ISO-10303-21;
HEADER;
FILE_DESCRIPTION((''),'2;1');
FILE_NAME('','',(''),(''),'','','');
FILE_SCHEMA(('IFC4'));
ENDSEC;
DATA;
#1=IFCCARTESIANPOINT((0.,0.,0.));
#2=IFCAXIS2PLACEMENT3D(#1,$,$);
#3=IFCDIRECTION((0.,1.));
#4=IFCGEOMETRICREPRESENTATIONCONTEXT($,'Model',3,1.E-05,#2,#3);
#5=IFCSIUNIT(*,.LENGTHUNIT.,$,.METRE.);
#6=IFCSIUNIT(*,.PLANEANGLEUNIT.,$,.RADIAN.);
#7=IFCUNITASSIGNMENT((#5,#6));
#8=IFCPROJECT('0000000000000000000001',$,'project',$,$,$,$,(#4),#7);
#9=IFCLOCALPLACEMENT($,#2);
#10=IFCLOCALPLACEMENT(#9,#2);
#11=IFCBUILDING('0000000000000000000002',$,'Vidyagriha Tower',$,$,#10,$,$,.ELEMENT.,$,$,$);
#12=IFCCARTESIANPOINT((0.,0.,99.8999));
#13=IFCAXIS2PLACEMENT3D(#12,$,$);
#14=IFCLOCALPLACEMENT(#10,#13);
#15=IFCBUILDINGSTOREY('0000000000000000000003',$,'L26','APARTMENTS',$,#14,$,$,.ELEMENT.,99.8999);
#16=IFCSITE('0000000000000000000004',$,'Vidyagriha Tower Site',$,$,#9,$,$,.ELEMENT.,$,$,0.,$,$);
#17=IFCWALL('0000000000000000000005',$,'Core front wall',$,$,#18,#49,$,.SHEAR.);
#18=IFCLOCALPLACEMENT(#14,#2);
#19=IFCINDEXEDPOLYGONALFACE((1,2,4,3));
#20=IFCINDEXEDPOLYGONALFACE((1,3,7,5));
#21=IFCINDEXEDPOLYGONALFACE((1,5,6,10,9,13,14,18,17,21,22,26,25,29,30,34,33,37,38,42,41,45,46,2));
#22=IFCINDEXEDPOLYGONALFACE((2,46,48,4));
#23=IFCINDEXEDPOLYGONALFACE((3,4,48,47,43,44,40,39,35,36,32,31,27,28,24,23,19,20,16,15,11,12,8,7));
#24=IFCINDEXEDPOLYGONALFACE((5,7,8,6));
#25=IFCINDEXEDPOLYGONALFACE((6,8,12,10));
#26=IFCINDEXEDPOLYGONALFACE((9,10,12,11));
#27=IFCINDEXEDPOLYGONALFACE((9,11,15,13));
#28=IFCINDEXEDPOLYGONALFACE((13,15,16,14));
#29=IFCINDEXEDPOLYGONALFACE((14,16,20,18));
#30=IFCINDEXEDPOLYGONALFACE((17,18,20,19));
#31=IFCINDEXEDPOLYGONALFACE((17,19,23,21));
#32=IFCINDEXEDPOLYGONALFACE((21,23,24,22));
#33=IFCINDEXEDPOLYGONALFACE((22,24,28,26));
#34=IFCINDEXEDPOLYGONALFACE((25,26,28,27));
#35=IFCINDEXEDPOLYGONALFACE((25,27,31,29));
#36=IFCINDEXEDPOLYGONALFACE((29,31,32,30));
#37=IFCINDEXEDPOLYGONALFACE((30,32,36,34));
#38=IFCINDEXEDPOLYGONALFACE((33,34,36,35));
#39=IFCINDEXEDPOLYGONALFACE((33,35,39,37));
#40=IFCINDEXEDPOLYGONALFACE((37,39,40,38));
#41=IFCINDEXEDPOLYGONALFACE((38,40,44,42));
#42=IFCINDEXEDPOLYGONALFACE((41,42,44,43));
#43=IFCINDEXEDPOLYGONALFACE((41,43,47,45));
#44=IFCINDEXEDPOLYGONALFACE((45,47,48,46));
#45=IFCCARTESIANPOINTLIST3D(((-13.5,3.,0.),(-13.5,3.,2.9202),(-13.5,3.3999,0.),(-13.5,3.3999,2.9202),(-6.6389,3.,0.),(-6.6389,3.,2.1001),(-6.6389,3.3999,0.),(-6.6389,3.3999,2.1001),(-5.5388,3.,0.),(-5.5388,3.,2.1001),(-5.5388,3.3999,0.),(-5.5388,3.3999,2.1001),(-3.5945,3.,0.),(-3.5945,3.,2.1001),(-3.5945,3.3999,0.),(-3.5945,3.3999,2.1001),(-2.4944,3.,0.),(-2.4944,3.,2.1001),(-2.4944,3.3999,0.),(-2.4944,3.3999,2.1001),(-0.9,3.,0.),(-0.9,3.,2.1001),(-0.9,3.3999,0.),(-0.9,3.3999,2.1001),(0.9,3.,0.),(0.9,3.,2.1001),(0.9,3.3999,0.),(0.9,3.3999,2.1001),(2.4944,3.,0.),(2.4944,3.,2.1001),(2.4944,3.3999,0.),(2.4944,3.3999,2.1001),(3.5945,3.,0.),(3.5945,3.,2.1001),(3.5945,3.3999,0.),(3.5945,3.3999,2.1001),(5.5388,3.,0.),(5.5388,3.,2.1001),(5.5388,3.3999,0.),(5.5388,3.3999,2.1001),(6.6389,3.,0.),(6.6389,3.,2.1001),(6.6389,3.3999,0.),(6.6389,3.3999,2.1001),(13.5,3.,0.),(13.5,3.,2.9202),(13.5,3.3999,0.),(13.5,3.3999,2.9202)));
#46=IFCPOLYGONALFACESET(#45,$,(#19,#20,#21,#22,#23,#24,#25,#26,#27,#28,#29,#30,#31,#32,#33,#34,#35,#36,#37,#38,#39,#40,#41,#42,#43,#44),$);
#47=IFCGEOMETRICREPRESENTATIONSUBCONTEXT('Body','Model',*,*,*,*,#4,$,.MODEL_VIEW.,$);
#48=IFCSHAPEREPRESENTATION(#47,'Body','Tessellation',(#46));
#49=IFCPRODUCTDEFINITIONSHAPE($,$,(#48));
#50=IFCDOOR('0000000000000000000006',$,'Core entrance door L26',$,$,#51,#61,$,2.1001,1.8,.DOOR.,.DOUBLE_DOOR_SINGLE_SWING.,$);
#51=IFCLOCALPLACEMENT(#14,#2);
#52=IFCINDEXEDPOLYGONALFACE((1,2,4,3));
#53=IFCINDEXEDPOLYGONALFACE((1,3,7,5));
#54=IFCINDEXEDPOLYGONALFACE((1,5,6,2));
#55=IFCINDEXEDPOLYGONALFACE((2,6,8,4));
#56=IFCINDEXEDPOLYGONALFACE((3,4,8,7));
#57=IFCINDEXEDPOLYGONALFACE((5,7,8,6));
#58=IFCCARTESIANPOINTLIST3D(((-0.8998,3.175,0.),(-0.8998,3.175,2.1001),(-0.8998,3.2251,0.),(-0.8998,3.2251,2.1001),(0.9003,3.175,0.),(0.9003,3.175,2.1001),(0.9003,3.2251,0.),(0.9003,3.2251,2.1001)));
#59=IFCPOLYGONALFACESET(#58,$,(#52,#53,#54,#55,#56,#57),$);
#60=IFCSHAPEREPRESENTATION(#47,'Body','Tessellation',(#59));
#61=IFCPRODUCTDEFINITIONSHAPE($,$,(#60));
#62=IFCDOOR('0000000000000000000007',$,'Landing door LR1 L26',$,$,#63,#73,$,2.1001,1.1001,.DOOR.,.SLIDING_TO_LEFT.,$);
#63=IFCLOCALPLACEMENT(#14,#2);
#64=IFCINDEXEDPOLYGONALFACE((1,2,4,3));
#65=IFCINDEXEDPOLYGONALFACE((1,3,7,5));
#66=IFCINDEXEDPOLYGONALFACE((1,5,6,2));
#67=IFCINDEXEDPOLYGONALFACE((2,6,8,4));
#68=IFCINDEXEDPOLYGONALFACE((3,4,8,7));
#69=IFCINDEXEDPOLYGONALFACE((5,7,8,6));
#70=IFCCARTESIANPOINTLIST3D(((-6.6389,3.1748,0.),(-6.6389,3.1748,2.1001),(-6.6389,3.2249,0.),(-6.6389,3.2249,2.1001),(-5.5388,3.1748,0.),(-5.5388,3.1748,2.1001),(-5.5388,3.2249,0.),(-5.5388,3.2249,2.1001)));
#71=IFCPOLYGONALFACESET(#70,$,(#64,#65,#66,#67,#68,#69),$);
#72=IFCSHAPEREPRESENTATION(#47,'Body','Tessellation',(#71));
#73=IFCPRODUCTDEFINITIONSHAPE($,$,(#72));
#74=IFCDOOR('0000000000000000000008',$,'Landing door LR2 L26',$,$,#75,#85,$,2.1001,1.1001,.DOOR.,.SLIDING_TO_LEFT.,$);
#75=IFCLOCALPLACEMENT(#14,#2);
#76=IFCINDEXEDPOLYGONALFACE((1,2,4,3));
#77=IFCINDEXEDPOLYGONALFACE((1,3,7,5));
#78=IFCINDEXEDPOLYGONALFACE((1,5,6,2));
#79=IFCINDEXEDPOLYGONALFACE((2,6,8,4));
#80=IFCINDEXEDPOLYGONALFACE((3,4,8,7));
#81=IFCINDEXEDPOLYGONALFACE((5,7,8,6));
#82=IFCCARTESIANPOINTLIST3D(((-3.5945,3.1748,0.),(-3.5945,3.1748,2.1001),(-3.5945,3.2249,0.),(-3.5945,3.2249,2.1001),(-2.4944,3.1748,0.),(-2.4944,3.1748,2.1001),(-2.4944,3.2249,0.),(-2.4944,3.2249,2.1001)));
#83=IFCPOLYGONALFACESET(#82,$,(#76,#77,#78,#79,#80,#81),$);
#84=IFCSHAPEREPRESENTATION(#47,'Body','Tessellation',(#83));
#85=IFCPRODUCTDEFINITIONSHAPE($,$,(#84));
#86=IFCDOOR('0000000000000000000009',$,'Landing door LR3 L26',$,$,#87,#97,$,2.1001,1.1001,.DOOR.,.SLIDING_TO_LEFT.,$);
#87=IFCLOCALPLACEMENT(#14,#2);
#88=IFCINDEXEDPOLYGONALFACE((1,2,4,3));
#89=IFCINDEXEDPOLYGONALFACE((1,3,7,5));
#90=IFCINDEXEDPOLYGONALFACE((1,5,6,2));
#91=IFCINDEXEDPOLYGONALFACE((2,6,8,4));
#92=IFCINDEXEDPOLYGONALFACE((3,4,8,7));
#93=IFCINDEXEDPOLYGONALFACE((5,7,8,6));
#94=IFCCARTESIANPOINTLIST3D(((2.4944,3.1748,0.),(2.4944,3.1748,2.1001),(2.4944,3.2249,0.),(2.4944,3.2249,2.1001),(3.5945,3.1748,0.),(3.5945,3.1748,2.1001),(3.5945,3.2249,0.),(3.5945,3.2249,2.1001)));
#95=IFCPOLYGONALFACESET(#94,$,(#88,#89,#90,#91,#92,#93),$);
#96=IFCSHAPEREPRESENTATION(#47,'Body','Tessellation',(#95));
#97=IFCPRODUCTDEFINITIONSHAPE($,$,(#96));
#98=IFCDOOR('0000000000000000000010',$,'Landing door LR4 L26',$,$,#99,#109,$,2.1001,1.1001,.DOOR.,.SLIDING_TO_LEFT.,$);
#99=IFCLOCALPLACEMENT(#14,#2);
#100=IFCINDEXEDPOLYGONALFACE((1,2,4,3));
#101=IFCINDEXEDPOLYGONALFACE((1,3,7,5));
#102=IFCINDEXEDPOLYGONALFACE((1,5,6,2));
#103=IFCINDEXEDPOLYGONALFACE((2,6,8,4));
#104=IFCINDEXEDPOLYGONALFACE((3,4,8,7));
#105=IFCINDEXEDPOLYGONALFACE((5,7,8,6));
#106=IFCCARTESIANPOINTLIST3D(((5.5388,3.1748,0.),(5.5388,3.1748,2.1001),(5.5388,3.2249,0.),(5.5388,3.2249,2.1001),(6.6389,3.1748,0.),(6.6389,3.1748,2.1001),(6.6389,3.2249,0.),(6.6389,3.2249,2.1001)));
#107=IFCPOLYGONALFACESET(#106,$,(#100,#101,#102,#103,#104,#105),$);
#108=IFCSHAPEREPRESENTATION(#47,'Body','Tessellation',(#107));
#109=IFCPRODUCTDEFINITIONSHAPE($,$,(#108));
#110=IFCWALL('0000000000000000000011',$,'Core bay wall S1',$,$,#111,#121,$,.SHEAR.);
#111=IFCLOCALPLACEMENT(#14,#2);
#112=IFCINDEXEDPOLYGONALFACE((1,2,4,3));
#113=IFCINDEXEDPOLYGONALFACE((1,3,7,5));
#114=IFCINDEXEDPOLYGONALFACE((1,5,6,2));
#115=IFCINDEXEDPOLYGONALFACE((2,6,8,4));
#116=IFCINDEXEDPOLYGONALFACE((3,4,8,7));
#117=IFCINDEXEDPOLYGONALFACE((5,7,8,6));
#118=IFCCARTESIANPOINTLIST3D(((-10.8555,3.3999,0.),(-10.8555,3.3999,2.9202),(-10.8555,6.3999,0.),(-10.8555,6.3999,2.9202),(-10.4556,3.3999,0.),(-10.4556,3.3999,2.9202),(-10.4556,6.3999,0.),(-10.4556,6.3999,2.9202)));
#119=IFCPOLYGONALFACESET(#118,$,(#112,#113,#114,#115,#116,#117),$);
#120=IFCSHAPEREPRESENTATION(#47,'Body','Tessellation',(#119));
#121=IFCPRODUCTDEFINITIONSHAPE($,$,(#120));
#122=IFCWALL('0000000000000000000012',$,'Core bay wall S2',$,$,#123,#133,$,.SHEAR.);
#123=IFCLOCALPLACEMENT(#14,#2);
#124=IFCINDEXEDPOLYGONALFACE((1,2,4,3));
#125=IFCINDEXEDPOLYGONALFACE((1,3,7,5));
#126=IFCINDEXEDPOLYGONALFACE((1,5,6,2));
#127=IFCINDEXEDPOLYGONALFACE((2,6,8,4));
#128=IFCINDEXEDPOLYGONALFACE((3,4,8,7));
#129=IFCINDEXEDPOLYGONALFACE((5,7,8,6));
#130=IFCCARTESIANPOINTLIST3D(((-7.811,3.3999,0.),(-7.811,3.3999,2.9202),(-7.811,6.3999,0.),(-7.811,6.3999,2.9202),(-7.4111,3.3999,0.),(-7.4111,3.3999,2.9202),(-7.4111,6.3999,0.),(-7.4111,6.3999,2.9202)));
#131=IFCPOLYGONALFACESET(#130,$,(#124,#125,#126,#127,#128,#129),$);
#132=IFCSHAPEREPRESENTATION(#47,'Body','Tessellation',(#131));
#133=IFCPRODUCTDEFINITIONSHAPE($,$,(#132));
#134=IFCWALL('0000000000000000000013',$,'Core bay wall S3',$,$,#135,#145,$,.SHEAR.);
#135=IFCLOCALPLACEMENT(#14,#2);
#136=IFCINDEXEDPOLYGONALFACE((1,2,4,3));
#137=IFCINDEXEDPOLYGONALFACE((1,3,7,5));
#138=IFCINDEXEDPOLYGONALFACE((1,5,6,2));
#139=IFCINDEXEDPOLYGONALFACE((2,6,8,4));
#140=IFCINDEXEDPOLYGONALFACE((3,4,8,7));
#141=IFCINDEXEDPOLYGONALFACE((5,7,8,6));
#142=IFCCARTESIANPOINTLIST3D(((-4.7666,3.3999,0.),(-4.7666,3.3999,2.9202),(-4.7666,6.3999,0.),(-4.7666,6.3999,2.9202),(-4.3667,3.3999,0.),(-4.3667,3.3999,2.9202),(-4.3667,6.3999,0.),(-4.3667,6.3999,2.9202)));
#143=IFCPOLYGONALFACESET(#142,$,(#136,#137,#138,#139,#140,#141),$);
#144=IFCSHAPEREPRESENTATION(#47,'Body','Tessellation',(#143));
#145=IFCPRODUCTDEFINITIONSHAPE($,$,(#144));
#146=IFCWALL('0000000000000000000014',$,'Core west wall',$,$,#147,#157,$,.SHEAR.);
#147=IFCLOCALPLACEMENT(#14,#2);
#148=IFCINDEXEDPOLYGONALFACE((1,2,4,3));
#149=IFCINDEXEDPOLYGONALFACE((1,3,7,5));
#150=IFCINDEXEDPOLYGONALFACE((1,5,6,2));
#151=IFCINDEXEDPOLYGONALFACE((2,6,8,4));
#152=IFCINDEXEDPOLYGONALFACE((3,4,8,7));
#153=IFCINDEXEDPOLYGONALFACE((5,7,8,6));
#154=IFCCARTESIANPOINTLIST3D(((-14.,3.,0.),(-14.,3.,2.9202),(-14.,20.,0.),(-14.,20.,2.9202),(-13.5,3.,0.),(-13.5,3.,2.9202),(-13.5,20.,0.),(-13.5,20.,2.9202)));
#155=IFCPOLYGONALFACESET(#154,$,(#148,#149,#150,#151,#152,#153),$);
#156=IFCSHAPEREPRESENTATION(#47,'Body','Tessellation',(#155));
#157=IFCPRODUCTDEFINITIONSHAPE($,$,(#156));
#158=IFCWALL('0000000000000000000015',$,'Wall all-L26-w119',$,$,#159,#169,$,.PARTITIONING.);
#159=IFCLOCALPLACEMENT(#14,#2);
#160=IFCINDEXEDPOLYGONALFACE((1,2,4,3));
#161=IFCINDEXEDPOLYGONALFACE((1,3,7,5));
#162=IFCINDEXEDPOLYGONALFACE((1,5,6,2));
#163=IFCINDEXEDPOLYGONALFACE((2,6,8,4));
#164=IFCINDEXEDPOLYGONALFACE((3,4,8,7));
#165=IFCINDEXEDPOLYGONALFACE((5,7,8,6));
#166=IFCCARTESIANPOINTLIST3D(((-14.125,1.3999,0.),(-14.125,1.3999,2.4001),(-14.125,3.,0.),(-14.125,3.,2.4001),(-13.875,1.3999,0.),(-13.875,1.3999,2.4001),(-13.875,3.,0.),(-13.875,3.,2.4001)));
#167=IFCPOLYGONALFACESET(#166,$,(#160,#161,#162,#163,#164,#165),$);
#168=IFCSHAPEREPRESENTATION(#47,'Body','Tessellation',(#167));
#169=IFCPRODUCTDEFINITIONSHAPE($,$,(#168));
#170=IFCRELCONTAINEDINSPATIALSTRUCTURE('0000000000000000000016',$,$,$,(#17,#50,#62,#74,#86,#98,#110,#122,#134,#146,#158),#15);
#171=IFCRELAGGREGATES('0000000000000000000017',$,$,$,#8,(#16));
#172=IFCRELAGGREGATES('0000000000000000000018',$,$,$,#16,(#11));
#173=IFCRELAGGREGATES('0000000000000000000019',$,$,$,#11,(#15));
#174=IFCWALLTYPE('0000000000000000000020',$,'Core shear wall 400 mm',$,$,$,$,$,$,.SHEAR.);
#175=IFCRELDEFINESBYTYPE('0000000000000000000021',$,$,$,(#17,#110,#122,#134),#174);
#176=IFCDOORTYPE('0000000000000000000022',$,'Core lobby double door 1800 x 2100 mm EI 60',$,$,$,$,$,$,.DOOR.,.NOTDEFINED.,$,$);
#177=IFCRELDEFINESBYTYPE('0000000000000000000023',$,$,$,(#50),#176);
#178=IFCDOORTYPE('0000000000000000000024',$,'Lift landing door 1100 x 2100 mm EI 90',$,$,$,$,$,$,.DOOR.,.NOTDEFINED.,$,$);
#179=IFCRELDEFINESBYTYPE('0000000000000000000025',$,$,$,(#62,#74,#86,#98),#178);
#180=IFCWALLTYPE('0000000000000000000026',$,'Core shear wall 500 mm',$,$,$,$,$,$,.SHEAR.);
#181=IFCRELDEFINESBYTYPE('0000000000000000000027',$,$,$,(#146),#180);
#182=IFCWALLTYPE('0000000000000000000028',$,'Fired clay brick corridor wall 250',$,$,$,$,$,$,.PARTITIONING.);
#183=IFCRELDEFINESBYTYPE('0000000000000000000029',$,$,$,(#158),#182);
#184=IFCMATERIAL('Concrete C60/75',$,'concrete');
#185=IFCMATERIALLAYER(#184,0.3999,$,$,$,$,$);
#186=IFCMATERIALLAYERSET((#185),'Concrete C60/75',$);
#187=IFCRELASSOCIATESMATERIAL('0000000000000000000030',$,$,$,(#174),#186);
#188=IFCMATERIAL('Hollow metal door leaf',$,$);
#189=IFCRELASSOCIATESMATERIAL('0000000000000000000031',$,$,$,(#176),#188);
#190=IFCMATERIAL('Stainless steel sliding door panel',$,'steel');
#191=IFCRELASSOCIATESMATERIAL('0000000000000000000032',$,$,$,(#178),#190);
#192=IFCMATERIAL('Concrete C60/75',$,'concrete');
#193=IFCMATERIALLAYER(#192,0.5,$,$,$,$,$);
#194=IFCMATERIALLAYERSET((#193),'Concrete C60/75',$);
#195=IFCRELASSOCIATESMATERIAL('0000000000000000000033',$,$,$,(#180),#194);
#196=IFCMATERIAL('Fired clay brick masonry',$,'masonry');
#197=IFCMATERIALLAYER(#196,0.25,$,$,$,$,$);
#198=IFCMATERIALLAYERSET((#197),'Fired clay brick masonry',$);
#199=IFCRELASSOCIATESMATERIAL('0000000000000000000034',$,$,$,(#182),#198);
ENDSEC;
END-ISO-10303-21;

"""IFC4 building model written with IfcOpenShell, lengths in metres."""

from ifc_helpers import new_model, si_unit, direction, frame, frame_2d, origin, place, context, subcontext, project, spatial, rectangle, extrude, material, layer, layer_set, type_object, element, fill, save


model = new_model("IFC4")

# Units and contexts
model_context = context("Model", 3, precision=1e-05, world=origin(), true_north=direction((0.0, 1.0)))
body_context = subcontext(model_context, "Body", "Model", "MODEL_VIEW")
ifc_project = project(units=[si_unit("LENGTHUNIT", "METRE"), si_unit("PLANEANGLEUNIT", "RADIAN")], contexts=[model_context])

# Site, building, storey
site_placement = place(None, origin())
site = spatial("IfcSite", under=ifc_project, at=site_placement, Name="Vidyagriha Tower Site", CompositionType="ELEMENT", RefElevation=0.0)
building_placement = place(site_placement, origin())
building = spatial("IfcBuilding", under=site, at=building_placement, Name="Vidyagriha Tower", CompositionType="ELEMENT")
storey_placement = place(building_placement, frame((0.0, 0.0, 99.8999)))
storey = spatial("IfcBuildingStorey", under=building, at=storey_placement, Name="L26", Description="APARTMENTS", CompositionType="ELEMENT", Elevation=99.8999)

# Wall, openings, doors
ifc_material_1 = material(Name="Concrete C60/75", Category="concrete")
ifc_layer_1 = layer(ifc_material_1, 0.3999)
ifc_layer_set_1 = layer_set([ifc_layer_1], Name="Concrete C60/75")
wall_type_1 = type_object("IfcWallType", Name="Core shear wall 400 mm", PredefinedType="SHEAR", material=ifc_layer_set_1)
wall_1_placement = place(storey_placement, frame((-13.5, 3.2, 0.0)))
wall_1 = element("IfcWall", 1, at=wall_1_placement, inside=storey, type_object=wall_type_1, Name="Core front wall", PredefinedType="SHEAR", context=body_context, shape_type="SweptSolid", body=[
    extrude(rectangle(XDim=27.0, YDim=0.3999, at=frame_2d((13.5, 0.0))), origin(), (0.0, 0.0, 1.0), 2.9202),
])
opening_1_placement = place(wall_1_placement, frame((6.8611, 0.0, 0.0)))
opening_1 = element("IfcOpeningElement", 2, at=opening_1_placement, cuts=wall_1, PredefinedType="OPENING", context=body_context, shape_type="SweptSolid", body=[
    extrude(rectangle(XDim=1.1001, YDim=2.1001, at=frame_2d((0.55, 1.05))), frame((0.0, 0.21, 0.0), z_axis=(0.0, -1.0, 0.0), x_axis=(1.0, 0.0, 0.0)), (0.0, 0.0, 1.0), 0.4199),
])
opening_2_placement = place(wall_1_placement, frame((9.9055, 0.0, 0.0)))
opening_2 = element("IfcOpeningElement", 3, at=opening_2_placement, cuts=wall_1, PredefinedType="OPENING", context=body_context, shape_type="SweptSolid", body=[
    extrude(rectangle(XDim=1.1001, YDim=2.1001, at=frame_2d((0.55, 1.05))), frame((0.0, 0.21, 0.0), z_axis=(0.0, -1.0, 0.0), x_axis=(1.0, 0.0, 0.0)), (0.0, 0.0, 1.0), 0.4199),
])
opening_3_placement = place(wall_1_placement, frame((15.9944, 0.0, 0.0)))
opening_3 = element("IfcOpeningElement", 4, at=opening_3_placement, cuts=wall_1, PredefinedType="OPENING", context=body_context, shape_type="SweptSolid", body=[
    extrude(rectangle(XDim=1.1001, YDim=2.1001, at=frame_2d((0.55, 1.05))), frame((0.0, 0.21, 0.0), z_axis=(0.0, -1.0, 0.0), x_axis=(1.0, 0.0, 0.0)), (0.0, 0.0, 1.0), 0.4199),
])
opening_4_placement = place(wall_1_placement, frame((19.0388, 0.0, 0.0)))
opening_4 = element("IfcOpeningElement", 5, at=opening_4_placement, cuts=wall_1, PredefinedType="OPENING", context=body_context, shape_type="SweptSolid", body=[
    extrude(rectangle(XDim=1.1001, YDim=2.1001, at=frame_2d((0.55, 1.05))), frame((0.0, 0.21, 0.0), z_axis=(0.0, -1.0, 0.0), x_axis=(1.0, 0.0, 0.0)), (0.0, 0.0, 1.0), 0.4199),
])
opening_5_placement = place(wall_1_placement, frame((12.6001, 0.0, 0.0)))
opening_5 = element("IfcOpeningElement", 6, at=opening_5_placement, cuts=wall_1, PredefinedType="OPENING", context=body_context, shape_type="SweptSolid", body=[
    extrude(rectangle(XDim=1.8, YDim=2.1001, at=frame_2d((0.8999, 1.05))), frame((0.0, 0.21, 0.0), z_axis=(0.0, -1.0, 0.0), x_axis=(1.0, 0.0, 0.0)), (0.0, 0.0, 1.0), 0.4199),
])
ifc_material_2 = material(Name="Hollow metal door leaf")
door_type_1 = type_object("IfcDoorType", Name="Core lobby double door 1800 x 2100 mm EI 60", OperationType="NOTDEFINED", PredefinedType="DOOR", material=ifc_material_2)
door_1_placement = place(opening_5_placement, frame((1.8, 0.0, 0.0), z_axis=(0.0, 0.0, 1.0), x_axis=(-1.0, 0.0, 0.0)))
door_1 = element("IfcDoor", 7, at=door_1_placement, inside=storey, type_object=door_type_1, Name="Core entrance door L26", OperationType="DOUBLE_DOOR_SINGLE_SWING", OverallHeight=2.1001, OverallWidth=1.8, PredefinedType="DOOR", context=body_context, shape_type="SweptSolid", body=[
    extrude(rectangle(XDim=1.8, YDim=2.1001, at=frame_2d((0.8999, 1.05))), frame((0.0, 0.0249, 0.0), z_axis=(0.0, -1.0, 0.0), x_axis=(1.0, 0.0, 0.0)), (0.0, 0.0, 1.0), 0.05),
])
fill(opening_5, door_1)
ifc_material_3 = material(Name="Stainless steel sliding door panel", Category="steel")
door_type_2 = type_object("IfcDoorType", Name="Lift landing door 1100 x 2100 mm EI 90", OperationType="NOTDEFINED", PredefinedType="DOOR", material=ifc_material_3)
door_2_placement = place(opening_1_placement, origin())
door_2 = element("IfcDoor", 8, at=door_2_placement, inside=storey, type_object=door_type_2, Name="Landing door LR1 L26", OperationType="SLIDING_TO_LEFT", OverallHeight=2.1001, OverallWidth=1.1001, PredefinedType="DOOR", context=body_context, shape_type="SweptSolid", body=[
    extrude(rectangle(XDim=1.1001, YDim=2.1001, at=frame_2d((0.55, 1.05))), frame((0.0, 0.0249, 0.0), z_axis=(0.0, -1.0, 0.0), x_axis=(1.0, 0.0, 0.0)), (0.0, 0.0, 1.0), 0.05),
])
fill(opening_1, door_2)
door_3_placement = place(opening_2_placement, origin())
door_3 = element("IfcDoor", 9, at=door_3_placement, inside=storey, type_object=door_type_2, Name="Landing door LR2 L26", OperationType="SLIDING_TO_LEFT", OverallHeight=2.1001, OverallWidth=1.1001, PredefinedType="DOOR", context=body_context, shape_type="SweptSolid", body=[
    extrude(rectangle(XDim=1.1001, YDim=2.1001, at=frame_2d((0.55, 1.05))), frame((0.0, 0.0249, 0.0), z_axis=(0.0, -1.0, 0.0), x_axis=(1.0, 0.0, 0.0)), (0.0, 0.0, 1.0), 0.05),
])
fill(opening_2, door_3)
door_4_placement = place(opening_3_placement, origin())
door_4 = element("IfcDoor", 10, at=door_4_placement, inside=storey, type_object=door_type_2, Name="Landing door LR3 L26", OperationType="SLIDING_TO_LEFT", OverallHeight=2.1001, OverallWidth=1.1001, PredefinedType="DOOR", context=body_context, shape_type="SweptSolid", body=[
    extrude(rectangle(XDim=1.1001, YDim=2.1001, at=frame_2d((0.55, 1.05))), frame((0.0, 0.0249, 0.0), z_axis=(0.0, -1.0, 0.0), x_axis=(1.0, 0.0, 0.0)), (0.0, 0.0, 1.0), 0.05),
])
fill(opening_3, door_4)
door_5_placement = place(opening_4_placement, origin())
door_5 = element("IfcDoor", 11, at=door_5_placement, inside=storey, type_object=door_type_2, Name="Landing door LR4 L26", OperationType="SLIDING_TO_LEFT", OverallHeight=2.1001, OverallWidth=1.1001, PredefinedType="DOOR", context=body_context, shape_type="SweptSolid", body=[
    extrude(rectangle(XDim=1.1001, YDim=2.1001, at=frame_2d((0.55, 1.05))), frame((0.0, 0.0249, 0.0), z_axis=(0.0, -1.0, 0.0), x_axis=(1.0, 0.0, 0.0)), (0.0, 0.0, 1.0), 0.05),
])
fill(opening_4, door_5)

# Walls
for number, where, z_axis, x_axis, name in (
    (12, (-10.6555, 3.3999, 0.0), (0.0, 0.0, 1.0), (0.0, 1.0, 0.0), "Core bay wall S1"),
    (13, (-7.6111, 3.3999, 0.0), (0.0, 0.0, 1.0), (0.0, 1.0, 0.0), "Core bay wall S2"),
    (14, (-4.5667, 3.3999, 0.0), (0.0, 0.0, 1.0), (0.0, 1.0, 0.0), "Core bay wall S3"),
):
    element("IfcWall", number, at=place(storey_placement, frame(where, z_axis=z_axis, x_axis=x_axis)), inside=storey, type_object=wall_type_1, Name=name, PredefinedType="SHEAR", context=body_context, shape_type="SweptSolid", body=[
        extrude(rectangle(XDim=3.0, YDim=0.3999, at=frame_2d((1.5, 0.0))), origin(), (0.0, 0.0, 1.0), 2.9202),
    ])
ifc_material_4 = material(Name="Concrete C60/75", Category="concrete")
ifc_layer_2 = layer(ifc_material_4, 0.5)
ifc_layer_set_2 = layer_set([ifc_layer_2], Name="Concrete C60/75")
wall_type_2 = type_object("IfcWallType", Name="Core shear wall 500 mm", PredefinedType="SHEAR", material=ifc_layer_set_2)
wall_2_placement = place(storey_placement, frame((-13.75, 3.0, 0.0), z_axis=(0.0, 0.0, 1.0), x_axis=(0.0, 1.0, 0.0)))
element("IfcWall", 15, at=wall_2_placement, inside=storey, type_object=wall_type_2, Name="Core west wall", PredefinedType="SHEAR", context=body_context, shape_type="SweptSolid", body=[
    extrude(rectangle(XDim=17.0, YDim=0.5, at=frame_2d((8.5, 0.0))), origin(), (0.0, 0.0, 1.0), 2.9202),
])
ifc_material_5 = material(Name="Fired clay brick masonry", Category="masonry")
ifc_layer_3 = layer(ifc_material_5, 0.25)
ifc_layer_set_3 = layer_set([ifc_layer_3], Name="Fired clay brick masonry")
wall_type_3 = type_object("IfcWallType", Name="Fired clay brick corridor wall 250", PredefinedType="PARTITIONING", material=ifc_layer_set_3)
wall_3_placement = place(storey_placement, frame((-14.0, 3.0, 0.0), z_axis=(0.0, 0.0, 1.0), x_axis=(0.0, -1.0, 0.0)))
element("IfcWall", 16, at=wall_3_placement, inside=storey, type_object=wall_type_3, Name="Wall all-L26-w119", PredefinedType="PARTITIONING", context=body_context, shape_type="SweptSolid", body=[
    extrude(rectangle(XDim=1.6001, YDim=0.25, at=frame_2d((0.8, 0.0))), origin(), (0.0, 0.0, 1.0), 2.4001),
])

save(model, "model.ifc")
